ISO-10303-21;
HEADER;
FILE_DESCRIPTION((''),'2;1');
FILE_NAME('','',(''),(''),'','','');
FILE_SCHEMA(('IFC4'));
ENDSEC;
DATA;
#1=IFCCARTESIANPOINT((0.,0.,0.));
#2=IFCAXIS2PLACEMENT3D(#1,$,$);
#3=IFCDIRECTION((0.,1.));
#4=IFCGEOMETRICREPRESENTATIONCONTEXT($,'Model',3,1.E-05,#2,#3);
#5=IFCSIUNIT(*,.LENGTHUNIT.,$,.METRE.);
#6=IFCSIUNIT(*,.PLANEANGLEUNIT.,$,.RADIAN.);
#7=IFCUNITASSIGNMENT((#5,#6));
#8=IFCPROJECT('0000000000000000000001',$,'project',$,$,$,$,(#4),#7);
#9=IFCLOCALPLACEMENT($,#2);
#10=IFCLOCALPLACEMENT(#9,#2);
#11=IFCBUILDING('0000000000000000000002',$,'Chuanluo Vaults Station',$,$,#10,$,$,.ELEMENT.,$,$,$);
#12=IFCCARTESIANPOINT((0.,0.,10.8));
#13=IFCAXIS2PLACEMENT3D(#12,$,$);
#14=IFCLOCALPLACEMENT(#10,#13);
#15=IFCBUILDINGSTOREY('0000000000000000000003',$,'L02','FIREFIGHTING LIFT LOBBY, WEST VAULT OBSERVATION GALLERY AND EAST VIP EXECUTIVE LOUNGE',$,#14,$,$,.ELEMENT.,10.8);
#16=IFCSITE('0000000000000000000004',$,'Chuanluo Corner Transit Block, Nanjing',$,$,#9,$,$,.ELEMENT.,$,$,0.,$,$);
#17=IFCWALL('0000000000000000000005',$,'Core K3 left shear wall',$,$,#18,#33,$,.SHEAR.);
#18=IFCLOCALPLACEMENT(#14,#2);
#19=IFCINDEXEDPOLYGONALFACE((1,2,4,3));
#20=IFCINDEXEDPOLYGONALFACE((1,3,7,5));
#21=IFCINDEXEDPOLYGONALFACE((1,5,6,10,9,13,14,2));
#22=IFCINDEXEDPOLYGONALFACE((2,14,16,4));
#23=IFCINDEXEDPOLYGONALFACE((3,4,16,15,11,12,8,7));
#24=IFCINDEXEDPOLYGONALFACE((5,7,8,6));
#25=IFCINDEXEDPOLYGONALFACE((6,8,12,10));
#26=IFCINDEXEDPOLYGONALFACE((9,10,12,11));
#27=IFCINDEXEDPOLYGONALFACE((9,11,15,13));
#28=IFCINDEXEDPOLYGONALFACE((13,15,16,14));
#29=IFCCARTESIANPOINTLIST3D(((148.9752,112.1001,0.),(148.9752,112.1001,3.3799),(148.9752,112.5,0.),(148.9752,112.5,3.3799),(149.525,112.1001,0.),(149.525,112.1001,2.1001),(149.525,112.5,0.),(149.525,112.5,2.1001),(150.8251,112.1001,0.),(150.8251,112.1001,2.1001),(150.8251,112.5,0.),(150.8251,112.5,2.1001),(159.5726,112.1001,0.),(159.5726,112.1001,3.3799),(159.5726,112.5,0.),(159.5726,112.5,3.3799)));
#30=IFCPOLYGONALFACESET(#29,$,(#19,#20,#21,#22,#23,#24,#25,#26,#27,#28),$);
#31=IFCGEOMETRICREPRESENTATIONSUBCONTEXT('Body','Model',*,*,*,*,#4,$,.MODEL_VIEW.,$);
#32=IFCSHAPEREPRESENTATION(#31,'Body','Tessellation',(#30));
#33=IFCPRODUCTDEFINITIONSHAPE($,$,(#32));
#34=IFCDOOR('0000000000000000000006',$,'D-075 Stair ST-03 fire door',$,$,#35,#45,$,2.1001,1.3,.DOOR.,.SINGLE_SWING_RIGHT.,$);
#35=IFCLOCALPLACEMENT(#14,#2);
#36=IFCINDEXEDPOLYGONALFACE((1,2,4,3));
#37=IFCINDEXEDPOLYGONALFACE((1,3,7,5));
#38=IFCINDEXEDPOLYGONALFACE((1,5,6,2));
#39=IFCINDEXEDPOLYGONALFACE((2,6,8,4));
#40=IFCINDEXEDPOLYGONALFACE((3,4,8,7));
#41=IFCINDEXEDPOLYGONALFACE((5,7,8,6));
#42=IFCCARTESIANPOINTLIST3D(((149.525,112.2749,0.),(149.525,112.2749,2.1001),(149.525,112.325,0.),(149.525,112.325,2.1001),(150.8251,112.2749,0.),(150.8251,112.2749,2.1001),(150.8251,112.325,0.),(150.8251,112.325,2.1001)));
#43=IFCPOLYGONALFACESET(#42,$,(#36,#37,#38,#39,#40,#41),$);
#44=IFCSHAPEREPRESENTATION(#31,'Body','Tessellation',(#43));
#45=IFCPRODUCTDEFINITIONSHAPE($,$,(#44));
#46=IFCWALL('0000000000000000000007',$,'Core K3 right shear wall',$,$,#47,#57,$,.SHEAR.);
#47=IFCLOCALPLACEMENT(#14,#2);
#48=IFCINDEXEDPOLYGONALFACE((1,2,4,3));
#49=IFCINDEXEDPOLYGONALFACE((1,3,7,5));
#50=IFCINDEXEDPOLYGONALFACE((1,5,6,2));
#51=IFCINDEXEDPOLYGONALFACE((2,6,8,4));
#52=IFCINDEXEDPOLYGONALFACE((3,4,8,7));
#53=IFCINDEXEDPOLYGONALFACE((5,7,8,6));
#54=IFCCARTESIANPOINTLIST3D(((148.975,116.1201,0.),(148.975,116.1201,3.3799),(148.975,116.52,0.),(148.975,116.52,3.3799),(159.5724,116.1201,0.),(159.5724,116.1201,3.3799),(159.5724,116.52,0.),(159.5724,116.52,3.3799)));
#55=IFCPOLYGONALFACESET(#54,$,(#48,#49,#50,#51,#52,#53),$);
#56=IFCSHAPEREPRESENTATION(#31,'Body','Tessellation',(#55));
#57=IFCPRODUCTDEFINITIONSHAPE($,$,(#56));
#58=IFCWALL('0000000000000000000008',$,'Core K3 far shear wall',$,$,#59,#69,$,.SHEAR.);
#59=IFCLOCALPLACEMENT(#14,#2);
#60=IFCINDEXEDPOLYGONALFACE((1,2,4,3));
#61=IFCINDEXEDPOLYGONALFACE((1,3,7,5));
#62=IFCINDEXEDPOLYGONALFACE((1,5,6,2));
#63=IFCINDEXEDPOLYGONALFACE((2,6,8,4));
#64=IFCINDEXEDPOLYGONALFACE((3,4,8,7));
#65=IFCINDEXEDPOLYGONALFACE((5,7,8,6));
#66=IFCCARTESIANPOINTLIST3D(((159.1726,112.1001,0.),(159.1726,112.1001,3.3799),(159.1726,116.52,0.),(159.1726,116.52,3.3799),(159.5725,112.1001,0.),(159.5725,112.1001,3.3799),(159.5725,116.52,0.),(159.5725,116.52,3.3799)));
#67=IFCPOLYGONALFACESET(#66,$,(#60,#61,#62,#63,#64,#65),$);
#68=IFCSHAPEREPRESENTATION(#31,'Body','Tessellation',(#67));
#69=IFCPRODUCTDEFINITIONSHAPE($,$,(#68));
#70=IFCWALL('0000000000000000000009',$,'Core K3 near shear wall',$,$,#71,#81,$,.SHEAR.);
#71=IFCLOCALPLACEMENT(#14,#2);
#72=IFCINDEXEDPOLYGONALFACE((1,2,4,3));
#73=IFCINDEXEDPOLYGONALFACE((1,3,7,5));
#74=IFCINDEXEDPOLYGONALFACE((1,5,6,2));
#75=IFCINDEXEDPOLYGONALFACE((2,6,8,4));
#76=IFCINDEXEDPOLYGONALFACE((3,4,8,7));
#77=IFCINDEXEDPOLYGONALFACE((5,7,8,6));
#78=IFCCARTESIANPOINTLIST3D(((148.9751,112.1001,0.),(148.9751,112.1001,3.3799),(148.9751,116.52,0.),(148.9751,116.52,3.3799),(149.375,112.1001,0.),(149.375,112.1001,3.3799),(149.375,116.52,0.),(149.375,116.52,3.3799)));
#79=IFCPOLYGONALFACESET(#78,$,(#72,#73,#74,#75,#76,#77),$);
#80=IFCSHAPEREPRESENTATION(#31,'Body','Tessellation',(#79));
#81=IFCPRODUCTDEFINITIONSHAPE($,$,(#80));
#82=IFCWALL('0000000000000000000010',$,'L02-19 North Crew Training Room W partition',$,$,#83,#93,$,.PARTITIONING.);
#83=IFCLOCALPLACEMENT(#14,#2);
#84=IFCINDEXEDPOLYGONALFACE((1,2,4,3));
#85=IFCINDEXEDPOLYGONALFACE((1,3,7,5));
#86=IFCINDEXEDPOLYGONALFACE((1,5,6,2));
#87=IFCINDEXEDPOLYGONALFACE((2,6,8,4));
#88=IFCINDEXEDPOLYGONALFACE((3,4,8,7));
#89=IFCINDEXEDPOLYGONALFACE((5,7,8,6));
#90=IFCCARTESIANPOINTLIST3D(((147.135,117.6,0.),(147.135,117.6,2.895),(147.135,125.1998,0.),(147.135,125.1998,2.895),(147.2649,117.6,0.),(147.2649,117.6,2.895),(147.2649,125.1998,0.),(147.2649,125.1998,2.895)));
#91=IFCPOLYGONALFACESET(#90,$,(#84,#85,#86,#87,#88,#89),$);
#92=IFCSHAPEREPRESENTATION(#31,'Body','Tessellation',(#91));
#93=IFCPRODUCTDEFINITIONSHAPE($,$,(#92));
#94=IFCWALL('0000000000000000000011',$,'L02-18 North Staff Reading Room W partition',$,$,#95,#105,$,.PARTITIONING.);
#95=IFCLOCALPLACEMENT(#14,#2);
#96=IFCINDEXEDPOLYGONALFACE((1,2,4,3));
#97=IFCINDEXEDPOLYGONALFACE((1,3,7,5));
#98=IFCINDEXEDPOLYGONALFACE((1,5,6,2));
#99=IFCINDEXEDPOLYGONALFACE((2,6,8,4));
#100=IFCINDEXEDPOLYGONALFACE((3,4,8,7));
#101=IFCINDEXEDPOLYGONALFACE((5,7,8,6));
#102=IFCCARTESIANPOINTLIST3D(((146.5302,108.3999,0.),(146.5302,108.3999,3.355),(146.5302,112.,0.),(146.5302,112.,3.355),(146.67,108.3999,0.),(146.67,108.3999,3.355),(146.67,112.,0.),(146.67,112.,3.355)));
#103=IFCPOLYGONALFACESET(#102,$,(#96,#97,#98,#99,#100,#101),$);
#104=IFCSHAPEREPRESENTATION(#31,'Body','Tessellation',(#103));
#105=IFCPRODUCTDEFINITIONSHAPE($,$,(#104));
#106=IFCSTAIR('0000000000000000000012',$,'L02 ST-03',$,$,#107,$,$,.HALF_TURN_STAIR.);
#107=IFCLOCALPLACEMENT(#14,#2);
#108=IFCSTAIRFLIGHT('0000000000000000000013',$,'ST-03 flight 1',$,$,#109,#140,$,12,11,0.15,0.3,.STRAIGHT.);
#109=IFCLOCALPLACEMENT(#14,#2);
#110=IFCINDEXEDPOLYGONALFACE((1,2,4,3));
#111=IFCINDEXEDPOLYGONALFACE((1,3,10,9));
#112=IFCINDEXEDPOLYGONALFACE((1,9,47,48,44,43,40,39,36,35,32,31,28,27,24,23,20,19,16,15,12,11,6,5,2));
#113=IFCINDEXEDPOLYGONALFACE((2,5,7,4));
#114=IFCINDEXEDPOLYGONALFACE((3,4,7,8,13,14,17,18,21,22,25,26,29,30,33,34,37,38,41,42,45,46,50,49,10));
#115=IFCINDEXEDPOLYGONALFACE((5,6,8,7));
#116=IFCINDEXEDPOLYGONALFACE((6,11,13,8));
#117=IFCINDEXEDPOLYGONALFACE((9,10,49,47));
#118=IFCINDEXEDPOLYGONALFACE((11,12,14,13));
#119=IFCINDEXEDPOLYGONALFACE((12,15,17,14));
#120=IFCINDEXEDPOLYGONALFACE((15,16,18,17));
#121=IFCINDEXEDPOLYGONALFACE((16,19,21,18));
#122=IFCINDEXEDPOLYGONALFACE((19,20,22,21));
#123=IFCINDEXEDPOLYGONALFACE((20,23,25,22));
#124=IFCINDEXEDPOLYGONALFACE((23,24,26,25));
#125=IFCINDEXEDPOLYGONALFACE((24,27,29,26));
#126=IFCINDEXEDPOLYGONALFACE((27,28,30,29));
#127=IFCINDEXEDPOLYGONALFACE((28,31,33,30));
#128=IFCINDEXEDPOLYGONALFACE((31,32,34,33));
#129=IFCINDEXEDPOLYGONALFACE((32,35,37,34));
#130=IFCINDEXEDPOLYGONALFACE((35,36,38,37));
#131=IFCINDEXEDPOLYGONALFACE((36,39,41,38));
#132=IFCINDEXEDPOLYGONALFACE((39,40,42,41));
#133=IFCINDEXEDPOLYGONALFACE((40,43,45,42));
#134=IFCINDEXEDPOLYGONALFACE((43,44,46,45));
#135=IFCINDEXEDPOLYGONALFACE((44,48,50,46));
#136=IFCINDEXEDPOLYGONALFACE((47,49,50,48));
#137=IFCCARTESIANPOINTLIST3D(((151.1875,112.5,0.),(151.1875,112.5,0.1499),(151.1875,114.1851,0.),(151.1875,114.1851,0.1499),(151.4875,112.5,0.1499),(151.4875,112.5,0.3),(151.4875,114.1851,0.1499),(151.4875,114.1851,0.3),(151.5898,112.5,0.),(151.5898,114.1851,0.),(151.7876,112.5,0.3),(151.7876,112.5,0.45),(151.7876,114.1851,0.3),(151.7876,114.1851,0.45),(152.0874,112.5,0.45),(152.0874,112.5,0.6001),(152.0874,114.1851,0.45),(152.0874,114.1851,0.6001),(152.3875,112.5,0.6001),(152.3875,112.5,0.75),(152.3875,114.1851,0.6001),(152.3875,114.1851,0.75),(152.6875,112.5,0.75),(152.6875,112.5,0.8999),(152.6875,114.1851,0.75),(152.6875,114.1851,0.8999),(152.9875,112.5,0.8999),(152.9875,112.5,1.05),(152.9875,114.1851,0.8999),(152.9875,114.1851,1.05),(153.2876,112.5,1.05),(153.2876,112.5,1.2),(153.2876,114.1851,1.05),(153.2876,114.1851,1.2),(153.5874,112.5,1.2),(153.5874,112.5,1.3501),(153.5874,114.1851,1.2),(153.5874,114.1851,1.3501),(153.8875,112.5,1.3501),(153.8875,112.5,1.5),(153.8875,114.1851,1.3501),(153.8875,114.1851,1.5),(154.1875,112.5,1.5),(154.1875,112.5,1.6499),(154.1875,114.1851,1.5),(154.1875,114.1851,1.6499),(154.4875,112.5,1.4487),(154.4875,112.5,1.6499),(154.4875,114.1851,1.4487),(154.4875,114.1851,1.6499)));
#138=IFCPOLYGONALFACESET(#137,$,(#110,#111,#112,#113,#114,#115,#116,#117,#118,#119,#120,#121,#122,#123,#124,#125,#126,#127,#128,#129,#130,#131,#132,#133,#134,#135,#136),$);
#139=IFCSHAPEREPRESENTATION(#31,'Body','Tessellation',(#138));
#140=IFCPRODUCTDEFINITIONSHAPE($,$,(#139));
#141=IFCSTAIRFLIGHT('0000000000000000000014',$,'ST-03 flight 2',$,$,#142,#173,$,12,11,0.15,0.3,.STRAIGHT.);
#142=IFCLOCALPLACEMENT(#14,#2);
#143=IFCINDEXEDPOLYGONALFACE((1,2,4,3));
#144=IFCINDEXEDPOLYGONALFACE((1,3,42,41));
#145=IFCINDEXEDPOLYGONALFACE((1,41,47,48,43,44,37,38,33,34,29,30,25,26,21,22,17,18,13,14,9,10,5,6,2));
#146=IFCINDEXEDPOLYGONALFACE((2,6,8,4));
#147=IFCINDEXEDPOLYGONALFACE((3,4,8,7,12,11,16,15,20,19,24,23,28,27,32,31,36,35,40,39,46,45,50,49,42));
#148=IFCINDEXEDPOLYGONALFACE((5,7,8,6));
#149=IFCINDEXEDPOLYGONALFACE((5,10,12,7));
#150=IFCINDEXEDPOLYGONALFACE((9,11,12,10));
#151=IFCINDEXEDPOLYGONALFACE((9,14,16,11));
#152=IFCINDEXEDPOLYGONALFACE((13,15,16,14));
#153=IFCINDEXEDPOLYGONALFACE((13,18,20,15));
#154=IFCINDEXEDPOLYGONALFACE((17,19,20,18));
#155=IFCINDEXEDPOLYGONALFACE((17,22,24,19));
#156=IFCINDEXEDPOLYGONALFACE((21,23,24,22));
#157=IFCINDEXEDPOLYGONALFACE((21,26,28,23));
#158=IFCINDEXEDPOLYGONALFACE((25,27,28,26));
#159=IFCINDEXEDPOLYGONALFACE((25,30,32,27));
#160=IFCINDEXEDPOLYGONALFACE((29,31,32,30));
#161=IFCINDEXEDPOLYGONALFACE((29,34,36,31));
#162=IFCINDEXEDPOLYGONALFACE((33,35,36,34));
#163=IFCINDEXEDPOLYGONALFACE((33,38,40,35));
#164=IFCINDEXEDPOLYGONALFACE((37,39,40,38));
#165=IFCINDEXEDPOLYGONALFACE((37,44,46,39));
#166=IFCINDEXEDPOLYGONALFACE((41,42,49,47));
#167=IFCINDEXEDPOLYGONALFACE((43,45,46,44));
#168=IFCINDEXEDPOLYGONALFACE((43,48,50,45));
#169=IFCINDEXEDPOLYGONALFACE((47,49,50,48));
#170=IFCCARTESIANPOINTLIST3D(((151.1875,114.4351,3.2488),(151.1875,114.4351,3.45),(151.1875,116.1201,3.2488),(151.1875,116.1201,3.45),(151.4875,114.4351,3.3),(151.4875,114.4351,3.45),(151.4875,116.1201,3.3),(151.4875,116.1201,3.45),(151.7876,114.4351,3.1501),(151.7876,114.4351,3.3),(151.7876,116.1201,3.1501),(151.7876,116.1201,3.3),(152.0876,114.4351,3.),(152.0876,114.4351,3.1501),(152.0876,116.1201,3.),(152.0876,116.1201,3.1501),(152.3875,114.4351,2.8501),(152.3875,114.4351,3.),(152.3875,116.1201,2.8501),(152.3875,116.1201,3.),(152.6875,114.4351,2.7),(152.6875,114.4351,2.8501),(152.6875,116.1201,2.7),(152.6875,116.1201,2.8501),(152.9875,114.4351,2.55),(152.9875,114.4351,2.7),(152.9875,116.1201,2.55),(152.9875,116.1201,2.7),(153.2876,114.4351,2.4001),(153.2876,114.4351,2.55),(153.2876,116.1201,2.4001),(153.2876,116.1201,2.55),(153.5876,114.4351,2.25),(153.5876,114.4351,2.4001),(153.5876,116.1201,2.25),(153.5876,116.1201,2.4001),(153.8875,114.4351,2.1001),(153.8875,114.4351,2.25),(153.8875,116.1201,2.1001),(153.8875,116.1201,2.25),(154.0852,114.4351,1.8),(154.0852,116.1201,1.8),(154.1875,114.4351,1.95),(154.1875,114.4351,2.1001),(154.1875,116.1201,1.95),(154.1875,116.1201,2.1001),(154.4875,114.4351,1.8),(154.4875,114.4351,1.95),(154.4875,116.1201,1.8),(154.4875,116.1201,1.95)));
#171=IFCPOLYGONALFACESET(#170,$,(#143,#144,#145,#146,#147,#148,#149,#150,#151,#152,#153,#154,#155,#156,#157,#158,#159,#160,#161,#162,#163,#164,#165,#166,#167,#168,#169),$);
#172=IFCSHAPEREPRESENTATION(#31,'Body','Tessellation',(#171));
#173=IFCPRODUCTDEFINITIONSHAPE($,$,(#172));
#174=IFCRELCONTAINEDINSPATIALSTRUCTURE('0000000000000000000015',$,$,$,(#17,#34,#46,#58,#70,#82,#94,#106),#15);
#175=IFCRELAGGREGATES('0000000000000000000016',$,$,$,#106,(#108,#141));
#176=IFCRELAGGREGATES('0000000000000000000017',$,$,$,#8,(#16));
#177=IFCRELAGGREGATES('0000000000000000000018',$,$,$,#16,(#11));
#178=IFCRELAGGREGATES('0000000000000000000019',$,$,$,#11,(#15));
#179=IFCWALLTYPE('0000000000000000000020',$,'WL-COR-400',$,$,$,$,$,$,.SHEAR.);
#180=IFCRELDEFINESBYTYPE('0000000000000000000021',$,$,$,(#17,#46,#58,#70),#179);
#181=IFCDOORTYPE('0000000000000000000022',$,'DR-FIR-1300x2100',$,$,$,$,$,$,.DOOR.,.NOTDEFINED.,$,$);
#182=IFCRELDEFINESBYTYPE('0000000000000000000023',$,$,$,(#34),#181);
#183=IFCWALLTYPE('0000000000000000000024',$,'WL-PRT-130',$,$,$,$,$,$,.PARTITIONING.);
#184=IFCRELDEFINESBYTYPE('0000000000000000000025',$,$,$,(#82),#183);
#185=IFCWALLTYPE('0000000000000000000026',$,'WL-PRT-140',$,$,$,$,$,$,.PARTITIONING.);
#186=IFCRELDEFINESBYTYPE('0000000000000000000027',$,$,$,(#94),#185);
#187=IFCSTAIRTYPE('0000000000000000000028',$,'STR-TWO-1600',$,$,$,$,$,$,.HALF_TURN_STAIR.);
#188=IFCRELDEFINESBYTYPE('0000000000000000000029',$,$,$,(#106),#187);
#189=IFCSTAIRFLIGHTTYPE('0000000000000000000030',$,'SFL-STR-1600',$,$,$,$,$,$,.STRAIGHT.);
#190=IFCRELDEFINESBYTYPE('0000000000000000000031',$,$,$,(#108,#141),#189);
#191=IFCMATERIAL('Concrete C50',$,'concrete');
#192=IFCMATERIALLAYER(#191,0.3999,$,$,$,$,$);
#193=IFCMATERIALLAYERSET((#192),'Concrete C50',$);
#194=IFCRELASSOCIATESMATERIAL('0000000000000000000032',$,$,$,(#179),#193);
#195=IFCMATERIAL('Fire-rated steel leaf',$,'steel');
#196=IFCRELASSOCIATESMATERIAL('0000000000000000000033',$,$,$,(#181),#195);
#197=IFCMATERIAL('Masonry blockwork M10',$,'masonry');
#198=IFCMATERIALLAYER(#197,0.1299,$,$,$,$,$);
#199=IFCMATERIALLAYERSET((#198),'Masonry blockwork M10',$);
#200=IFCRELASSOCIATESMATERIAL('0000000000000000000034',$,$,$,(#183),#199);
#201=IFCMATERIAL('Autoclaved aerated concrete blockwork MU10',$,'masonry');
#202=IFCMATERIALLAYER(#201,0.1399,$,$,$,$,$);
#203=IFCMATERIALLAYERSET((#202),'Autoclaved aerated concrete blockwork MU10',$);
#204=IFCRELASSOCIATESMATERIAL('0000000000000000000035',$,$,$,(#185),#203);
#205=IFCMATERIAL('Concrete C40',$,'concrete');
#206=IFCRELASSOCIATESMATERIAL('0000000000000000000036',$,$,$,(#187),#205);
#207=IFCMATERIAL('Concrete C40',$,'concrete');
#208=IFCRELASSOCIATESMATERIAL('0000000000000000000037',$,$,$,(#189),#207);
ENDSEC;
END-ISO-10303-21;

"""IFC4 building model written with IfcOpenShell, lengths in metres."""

from ifc_helpers import new_model, si_unit, direction, frame, frame_2d, origin, place, context, subcontext, project, spatial, polyline, rectangle, outline, extrude, material, layer, layer_set, type_object, element, fill, aggregate, save


model = new_model("IFC4")

# Units and contexts
model_context = context("Model", 3, precision=1e-05, world=origin(), true_north=direction((0.0, 1.0)))
body_context = subcontext(model_context, "Body", "Model", "MODEL_VIEW")
ifc_project = project(units=[si_unit("LENGTHUNIT", "METRE"), si_unit("PLANEANGLEUNIT", "RADIAN")], contexts=[model_context])

# Site, building, storey
site_placement = place(None, origin())
site = spatial("IfcSite", under=ifc_project, at=site_placement, Name="Chuanluo Corner Transit Block, Nanjing", CompositionType="ELEMENT", RefElevation=0.0)
building_placement = place(site_placement, origin())
building = spatial("IfcBuilding", under=site, at=building_placement, Name="Chuanluo Vaults Station", CompositionType="ELEMENT")
storey_placement = place(building_placement, frame((0.0, 0.0, 10.8)))
storey = spatial("IfcBuildingStorey", under=building, at=storey_placement, Name="L02", Description="FIREFIGHTING LIFT LOBBY, WEST VAULT OBSERVATION GALLERY AND EAST VIP EXECUTIVE LOUNGE", CompositionType="ELEMENT", Elevation=10.8)

# Wall, opening, door
ifc_material_1 = material(Name="Concrete C50", Category="concrete")
ifc_layer_1 = layer(ifc_material_1, 0.3999)
ifc_layer_set_1 = layer_set([ifc_layer_1], Name="Concrete C50")
wall_type_1 = type_object("IfcWallType", Name="WL-COR-400", PredefinedType="SHEAR", material=ifc_layer_set_1)
wall_1_placement = place(storey_placement, frame((148.9751, 112.3, 0.0), z_axis=(0.0, 0.0, 1.0), x_axis=(1.0, 0.0, 0.0)))
wall_1 = element("IfcWall", 1, at=wall_1_placement, inside=storey, type_object=wall_type_1, Name="Core K3 left shear wall", PredefinedType="SHEAR", context=body_context, shape_type="SweptSolid", body=[
    extrude(rectangle(XDim=10.5974, YDim=0.3999, at=frame_2d((5.2988, 0.0))), origin(), (0.0, 0.0, 1.0), 3.3799),
])
opening_placement = place(wall_1_placement, frame((0.55, 0.0, 0.0)))
opening = element("IfcOpeningElement", 2, at=opening_placement, cuts=wall_1, PredefinedType="OPENING", context=body_context, shape_type="SweptSolid", body=[
    extrude(rectangle(XDim=1.3, YDim=2.1001, at=frame_2d((0.6499, 1.05))), frame((0.0, 0.2099, 0.0), z_axis=(0.0, -1.0, 0.0), x_axis=(1.0, 0.0, 0.0)), (0.0, 0.0, 1.0), 0.4199),
])
ifc_material_2 = material(Name="Fire-rated steel leaf", Category="steel")
door_type = type_object("IfcDoorType", Name="DR-FIR-1300x2100", OperationType="NOTDEFINED", PredefinedType="DOOR", material=ifc_material_2)
door_placement = place(opening_placement, origin())
door = element("IfcDoor", 3, at=door_placement, inside=storey, type_object=door_type, Name="D-075 Stair ST-03 fire door", OperationType="SINGLE_SWING_RIGHT", OverallHeight=2.1001, OverallWidth=1.3, PredefinedType="DOOR", context=body_context, shape_type="SweptSolid", body=[
    extrude(rectangle(XDim=1.3, YDim=2.1001, at=frame_2d((0.6499, 1.05))), frame((0.0, 0.0249, 0.0), z_axis=(0.0, -1.0, 0.0), x_axis=(1.0, 0.0, 0.0)), (0.0, 0.0, 1.0), 0.05),
])
fill(opening, door)

# Walls
wall_2_placement = place(storey_placement, frame((159.5725, 116.3201, 0.0), z_axis=(0.0, 0.0, 1.0), x_axis=(-1.0, 0.0, 0.0)))
element("IfcWall", 4, at=wall_2_placement, inside=storey, type_object=wall_type_1, Name="Core K3 right shear wall", PredefinedType="SHEAR", context=body_context, shape_type="SweptSolid", body=[
    extrude(rectangle(XDim=10.5974, YDim=0.3999, at=frame_2d((5.2988, 0.0))), origin(), (0.0, 0.0, 1.0), 3.3799),
])
for number, where, z_axis, x_axis, name in (
    (5, (159.3726, 112.1001, 0.0), (0.0, 0.0, 1.0), (0.0, 1.0, 0.0), "Core K3 far shear wall"),
    (6, (149.175, 116.52, 0.0), (0.0, 0.0, 1.0), (0.0, -1.0, 0.0), "Core K3 near shear wall"),
):
    element("IfcWall", number, at=place(storey_placement, frame(where, z_axis=z_axis, x_axis=x_axis)), inside=storey, type_object=wall_type_1, Name=name, PredefinedType="SHEAR", context=body_context, shape_type="SweptSolid", body=[
        extrude(rectangle(XDim=4.4199, YDim=0.3999, at=frame_2d((2.21, 0.0))), origin(), (0.0, 0.0, 1.0), 3.3799),
    ])
ifc_material_3 = material(Name="Masonry blockwork M10", Category="masonry")
ifc_layer_2 = layer(ifc_material_3, 0.1299)
ifc_layer_set_2 = layer_set([ifc_layer_2], Name="Masonry blockwork M10")
wall_type_2 = type_object("IfcWallType", Name="WL-PRT-130", PredefinedType="PARTITIONING", material=ifc_layer_set_2)
wall_3_placement = place(storey_placement, frame((147.2, 117.6001, 0.0), z_axis=(0.0, 0.0, 1.0), x_axis=(0.0, 1.0, 0.0)))
element("IfcWall", 7, at=wall_3_placement, inside=storey, type_object=wall_type_2, Name="L02-19 North Crew Training Room W partition", PredefinedType="PARTITIONING", context=body_context, shape_type="SweptSolid", body=[
    extrude(rectangle(XDim=7.5999, YDim=0.1299, at=frame_2d((3.7998, 0.0))), origin(), (0.0, 0.0, 1.0), 2.895),
])
ifc_material_4 = material(Name="Autoclaved aerated concrete blockwork MU10", Category="masonry")
ifc_layer_3 = layer(ifc_material_4, 0.1399)
ifc_layer_set_3 = layer_set([ifc_layer_3], Name="Autoclaved aerated concrete blockwork MU10")
wall_type_3 = type_object("IfcWallType", Name="WL-PRT-140", PredefinedType="PARTITIONING", material=ifc_layer_set_3)
wall_4_placement = place(storey_placement, frame((146.6001, 108.3999, 0.0), z_axis=(0.0, 0.0, 1.0), x_axis=(0.0, 1.0, 0.0)))
element("IfcWall", 8, at=wall_4_placement, inside=storey, type_object=wall_type_3, Name="L02-18 North Staff Reading Room W partition", PredefinedType="PARTITIONING", context=body_context, shape_type="SweptSolid", body=[
    extrude(rectangle(XDim=3.6001, YDim=0.1399, at=frame_2d((1.8, 0.0))), origin(), (0.0, 0.0, 1.0), 3.355),
])

# Stair, stair flights
ifc_material_5 = material(Name="Concrete C40", Category="concrete")
stair_type = type_object("IfcStairType", Name="STR-TWO-1600", PredefinedType="HALF_TURN_STAIR", material=ifc_material_5)
stair_placement = place(storey_placement, origin())
stair = element("IfcStair", 9, at=stair_placement, inside=storey, type_object=stair_type, Name="L02 ST-03", PredefinedType="HALF_TURN_STAIR")
ifc_material_6 = material(Name="Concrete C40", Category="concrete")
stair_flight_type = type_object("IfcStairFlightType", Name="SFL-STR-1600", PredefinedType="STRAIGHT", material=ifc_material_6)
stair_flight_1_placement = place(storey_placement, frame((151.1875, 113.3425, 0.0), z_axis=(0.0, 0.0, 1.0), x_axis=(1.0, 0.0, 0.0)))
stair_flight_1 = element("IfcStairFlight", 10, at=stair_flight_1_placement, type_object=stair_flight_type, Name="ST-03 flight 1", NumberOfRisers=12, NumberOfTreads=11, PredefinedType="STRAIGHT", RiserHeight=0.15, TreadLength=0.3, context=body_context, shape_type="SweptSolid", body=[
    extrude(outline(polyline([(0.0, 0.0), (0.0, 0.1499), (0.3, 0.1499), (0.3, 0.3), (0.6001, 0.3), (0.6001, 0.45), (0.8999, 0.45), (0.8999, 0.6001), (1.2, 0.6001), (1.2, 0.75), (1.5, 0.75), (1.5, 0.8999), (1.8, 0.8999), (1.8, 1.05), (2.1001, 1.05), (2.1001, 1.2), (2.3999, 1.2), (2.3999, 1.3501), (2.7, 1.3501), (2.7, 1.5), (3.0, 1.5), (3.0, 1.6499), (3.3, 1.6499), (3.3, 1.8), (3.3, 1.4487), (0.4023, 0.0), (0.0, 0.0)])), frame((0.0, 0.8425, 0.0), z_axis=(0.0, -1.0, 0.0), x_axis=(1.0, 0.0, 0.0)), (0.0, 0.0, 1.0), 1.6851),
])
stair_flight_2_placement = place(storey_placement, frame((154.4875, 115.2776, 1.8), z_axis=(0.0, 0.0, 1.0), x_axis=(-1.0, 0.0, 0.0)))
stair_flight_2 = element("IfcStairFlight", 11, at=stair_flight_2_placement, type_object=stair_flight_type, Name="ST-03 flight 2", NumberOfRisers=12, NumberOfTreads=11, PredefinedType="STRAIGHT", RiserHeight=0.15, TreadLength=0.3, context=body_context, shape_type="SweptSolid", body=[
    extrude(outline(polyline([(0.0, 0.0), (0.0, 0.1499), (0.3, 0.1499), (0.3, 0.3), (0.6001, 0.3), (0.6001, 0.45), (0.8999, 0.45), (0.8999, 0.6001), (1.2, 0.6001), (1.2, 0.75), (1.5, 0.75), (1.5, 0.8999), (1.8, 0.8999), (1.8, 1.05), (2.1001, 1.05), (2.1001, 1.2), (2.3999, 1.2), (2.3999, 1.3501), (2.7, 1.3501), (2.7, 1.5), (3.0, 1.5), (3.0, 1.6499), (3.3, 1.6499), (3.3, 1.8), (3.3, 1.4487), (0.4023, 0.0), (0.0, 0.0)])), frame((0.0, 0.8425, 0.0), z_axis=(0.0, -1.0, 0.0), x_axis=(1.0, 0.0, 0.0)), (0.0, 0.0, 1.0), 1.6851),
])
aggregate(stair, [stair_flight_1, stair_flight_2])

save(model, "model.ifc")
